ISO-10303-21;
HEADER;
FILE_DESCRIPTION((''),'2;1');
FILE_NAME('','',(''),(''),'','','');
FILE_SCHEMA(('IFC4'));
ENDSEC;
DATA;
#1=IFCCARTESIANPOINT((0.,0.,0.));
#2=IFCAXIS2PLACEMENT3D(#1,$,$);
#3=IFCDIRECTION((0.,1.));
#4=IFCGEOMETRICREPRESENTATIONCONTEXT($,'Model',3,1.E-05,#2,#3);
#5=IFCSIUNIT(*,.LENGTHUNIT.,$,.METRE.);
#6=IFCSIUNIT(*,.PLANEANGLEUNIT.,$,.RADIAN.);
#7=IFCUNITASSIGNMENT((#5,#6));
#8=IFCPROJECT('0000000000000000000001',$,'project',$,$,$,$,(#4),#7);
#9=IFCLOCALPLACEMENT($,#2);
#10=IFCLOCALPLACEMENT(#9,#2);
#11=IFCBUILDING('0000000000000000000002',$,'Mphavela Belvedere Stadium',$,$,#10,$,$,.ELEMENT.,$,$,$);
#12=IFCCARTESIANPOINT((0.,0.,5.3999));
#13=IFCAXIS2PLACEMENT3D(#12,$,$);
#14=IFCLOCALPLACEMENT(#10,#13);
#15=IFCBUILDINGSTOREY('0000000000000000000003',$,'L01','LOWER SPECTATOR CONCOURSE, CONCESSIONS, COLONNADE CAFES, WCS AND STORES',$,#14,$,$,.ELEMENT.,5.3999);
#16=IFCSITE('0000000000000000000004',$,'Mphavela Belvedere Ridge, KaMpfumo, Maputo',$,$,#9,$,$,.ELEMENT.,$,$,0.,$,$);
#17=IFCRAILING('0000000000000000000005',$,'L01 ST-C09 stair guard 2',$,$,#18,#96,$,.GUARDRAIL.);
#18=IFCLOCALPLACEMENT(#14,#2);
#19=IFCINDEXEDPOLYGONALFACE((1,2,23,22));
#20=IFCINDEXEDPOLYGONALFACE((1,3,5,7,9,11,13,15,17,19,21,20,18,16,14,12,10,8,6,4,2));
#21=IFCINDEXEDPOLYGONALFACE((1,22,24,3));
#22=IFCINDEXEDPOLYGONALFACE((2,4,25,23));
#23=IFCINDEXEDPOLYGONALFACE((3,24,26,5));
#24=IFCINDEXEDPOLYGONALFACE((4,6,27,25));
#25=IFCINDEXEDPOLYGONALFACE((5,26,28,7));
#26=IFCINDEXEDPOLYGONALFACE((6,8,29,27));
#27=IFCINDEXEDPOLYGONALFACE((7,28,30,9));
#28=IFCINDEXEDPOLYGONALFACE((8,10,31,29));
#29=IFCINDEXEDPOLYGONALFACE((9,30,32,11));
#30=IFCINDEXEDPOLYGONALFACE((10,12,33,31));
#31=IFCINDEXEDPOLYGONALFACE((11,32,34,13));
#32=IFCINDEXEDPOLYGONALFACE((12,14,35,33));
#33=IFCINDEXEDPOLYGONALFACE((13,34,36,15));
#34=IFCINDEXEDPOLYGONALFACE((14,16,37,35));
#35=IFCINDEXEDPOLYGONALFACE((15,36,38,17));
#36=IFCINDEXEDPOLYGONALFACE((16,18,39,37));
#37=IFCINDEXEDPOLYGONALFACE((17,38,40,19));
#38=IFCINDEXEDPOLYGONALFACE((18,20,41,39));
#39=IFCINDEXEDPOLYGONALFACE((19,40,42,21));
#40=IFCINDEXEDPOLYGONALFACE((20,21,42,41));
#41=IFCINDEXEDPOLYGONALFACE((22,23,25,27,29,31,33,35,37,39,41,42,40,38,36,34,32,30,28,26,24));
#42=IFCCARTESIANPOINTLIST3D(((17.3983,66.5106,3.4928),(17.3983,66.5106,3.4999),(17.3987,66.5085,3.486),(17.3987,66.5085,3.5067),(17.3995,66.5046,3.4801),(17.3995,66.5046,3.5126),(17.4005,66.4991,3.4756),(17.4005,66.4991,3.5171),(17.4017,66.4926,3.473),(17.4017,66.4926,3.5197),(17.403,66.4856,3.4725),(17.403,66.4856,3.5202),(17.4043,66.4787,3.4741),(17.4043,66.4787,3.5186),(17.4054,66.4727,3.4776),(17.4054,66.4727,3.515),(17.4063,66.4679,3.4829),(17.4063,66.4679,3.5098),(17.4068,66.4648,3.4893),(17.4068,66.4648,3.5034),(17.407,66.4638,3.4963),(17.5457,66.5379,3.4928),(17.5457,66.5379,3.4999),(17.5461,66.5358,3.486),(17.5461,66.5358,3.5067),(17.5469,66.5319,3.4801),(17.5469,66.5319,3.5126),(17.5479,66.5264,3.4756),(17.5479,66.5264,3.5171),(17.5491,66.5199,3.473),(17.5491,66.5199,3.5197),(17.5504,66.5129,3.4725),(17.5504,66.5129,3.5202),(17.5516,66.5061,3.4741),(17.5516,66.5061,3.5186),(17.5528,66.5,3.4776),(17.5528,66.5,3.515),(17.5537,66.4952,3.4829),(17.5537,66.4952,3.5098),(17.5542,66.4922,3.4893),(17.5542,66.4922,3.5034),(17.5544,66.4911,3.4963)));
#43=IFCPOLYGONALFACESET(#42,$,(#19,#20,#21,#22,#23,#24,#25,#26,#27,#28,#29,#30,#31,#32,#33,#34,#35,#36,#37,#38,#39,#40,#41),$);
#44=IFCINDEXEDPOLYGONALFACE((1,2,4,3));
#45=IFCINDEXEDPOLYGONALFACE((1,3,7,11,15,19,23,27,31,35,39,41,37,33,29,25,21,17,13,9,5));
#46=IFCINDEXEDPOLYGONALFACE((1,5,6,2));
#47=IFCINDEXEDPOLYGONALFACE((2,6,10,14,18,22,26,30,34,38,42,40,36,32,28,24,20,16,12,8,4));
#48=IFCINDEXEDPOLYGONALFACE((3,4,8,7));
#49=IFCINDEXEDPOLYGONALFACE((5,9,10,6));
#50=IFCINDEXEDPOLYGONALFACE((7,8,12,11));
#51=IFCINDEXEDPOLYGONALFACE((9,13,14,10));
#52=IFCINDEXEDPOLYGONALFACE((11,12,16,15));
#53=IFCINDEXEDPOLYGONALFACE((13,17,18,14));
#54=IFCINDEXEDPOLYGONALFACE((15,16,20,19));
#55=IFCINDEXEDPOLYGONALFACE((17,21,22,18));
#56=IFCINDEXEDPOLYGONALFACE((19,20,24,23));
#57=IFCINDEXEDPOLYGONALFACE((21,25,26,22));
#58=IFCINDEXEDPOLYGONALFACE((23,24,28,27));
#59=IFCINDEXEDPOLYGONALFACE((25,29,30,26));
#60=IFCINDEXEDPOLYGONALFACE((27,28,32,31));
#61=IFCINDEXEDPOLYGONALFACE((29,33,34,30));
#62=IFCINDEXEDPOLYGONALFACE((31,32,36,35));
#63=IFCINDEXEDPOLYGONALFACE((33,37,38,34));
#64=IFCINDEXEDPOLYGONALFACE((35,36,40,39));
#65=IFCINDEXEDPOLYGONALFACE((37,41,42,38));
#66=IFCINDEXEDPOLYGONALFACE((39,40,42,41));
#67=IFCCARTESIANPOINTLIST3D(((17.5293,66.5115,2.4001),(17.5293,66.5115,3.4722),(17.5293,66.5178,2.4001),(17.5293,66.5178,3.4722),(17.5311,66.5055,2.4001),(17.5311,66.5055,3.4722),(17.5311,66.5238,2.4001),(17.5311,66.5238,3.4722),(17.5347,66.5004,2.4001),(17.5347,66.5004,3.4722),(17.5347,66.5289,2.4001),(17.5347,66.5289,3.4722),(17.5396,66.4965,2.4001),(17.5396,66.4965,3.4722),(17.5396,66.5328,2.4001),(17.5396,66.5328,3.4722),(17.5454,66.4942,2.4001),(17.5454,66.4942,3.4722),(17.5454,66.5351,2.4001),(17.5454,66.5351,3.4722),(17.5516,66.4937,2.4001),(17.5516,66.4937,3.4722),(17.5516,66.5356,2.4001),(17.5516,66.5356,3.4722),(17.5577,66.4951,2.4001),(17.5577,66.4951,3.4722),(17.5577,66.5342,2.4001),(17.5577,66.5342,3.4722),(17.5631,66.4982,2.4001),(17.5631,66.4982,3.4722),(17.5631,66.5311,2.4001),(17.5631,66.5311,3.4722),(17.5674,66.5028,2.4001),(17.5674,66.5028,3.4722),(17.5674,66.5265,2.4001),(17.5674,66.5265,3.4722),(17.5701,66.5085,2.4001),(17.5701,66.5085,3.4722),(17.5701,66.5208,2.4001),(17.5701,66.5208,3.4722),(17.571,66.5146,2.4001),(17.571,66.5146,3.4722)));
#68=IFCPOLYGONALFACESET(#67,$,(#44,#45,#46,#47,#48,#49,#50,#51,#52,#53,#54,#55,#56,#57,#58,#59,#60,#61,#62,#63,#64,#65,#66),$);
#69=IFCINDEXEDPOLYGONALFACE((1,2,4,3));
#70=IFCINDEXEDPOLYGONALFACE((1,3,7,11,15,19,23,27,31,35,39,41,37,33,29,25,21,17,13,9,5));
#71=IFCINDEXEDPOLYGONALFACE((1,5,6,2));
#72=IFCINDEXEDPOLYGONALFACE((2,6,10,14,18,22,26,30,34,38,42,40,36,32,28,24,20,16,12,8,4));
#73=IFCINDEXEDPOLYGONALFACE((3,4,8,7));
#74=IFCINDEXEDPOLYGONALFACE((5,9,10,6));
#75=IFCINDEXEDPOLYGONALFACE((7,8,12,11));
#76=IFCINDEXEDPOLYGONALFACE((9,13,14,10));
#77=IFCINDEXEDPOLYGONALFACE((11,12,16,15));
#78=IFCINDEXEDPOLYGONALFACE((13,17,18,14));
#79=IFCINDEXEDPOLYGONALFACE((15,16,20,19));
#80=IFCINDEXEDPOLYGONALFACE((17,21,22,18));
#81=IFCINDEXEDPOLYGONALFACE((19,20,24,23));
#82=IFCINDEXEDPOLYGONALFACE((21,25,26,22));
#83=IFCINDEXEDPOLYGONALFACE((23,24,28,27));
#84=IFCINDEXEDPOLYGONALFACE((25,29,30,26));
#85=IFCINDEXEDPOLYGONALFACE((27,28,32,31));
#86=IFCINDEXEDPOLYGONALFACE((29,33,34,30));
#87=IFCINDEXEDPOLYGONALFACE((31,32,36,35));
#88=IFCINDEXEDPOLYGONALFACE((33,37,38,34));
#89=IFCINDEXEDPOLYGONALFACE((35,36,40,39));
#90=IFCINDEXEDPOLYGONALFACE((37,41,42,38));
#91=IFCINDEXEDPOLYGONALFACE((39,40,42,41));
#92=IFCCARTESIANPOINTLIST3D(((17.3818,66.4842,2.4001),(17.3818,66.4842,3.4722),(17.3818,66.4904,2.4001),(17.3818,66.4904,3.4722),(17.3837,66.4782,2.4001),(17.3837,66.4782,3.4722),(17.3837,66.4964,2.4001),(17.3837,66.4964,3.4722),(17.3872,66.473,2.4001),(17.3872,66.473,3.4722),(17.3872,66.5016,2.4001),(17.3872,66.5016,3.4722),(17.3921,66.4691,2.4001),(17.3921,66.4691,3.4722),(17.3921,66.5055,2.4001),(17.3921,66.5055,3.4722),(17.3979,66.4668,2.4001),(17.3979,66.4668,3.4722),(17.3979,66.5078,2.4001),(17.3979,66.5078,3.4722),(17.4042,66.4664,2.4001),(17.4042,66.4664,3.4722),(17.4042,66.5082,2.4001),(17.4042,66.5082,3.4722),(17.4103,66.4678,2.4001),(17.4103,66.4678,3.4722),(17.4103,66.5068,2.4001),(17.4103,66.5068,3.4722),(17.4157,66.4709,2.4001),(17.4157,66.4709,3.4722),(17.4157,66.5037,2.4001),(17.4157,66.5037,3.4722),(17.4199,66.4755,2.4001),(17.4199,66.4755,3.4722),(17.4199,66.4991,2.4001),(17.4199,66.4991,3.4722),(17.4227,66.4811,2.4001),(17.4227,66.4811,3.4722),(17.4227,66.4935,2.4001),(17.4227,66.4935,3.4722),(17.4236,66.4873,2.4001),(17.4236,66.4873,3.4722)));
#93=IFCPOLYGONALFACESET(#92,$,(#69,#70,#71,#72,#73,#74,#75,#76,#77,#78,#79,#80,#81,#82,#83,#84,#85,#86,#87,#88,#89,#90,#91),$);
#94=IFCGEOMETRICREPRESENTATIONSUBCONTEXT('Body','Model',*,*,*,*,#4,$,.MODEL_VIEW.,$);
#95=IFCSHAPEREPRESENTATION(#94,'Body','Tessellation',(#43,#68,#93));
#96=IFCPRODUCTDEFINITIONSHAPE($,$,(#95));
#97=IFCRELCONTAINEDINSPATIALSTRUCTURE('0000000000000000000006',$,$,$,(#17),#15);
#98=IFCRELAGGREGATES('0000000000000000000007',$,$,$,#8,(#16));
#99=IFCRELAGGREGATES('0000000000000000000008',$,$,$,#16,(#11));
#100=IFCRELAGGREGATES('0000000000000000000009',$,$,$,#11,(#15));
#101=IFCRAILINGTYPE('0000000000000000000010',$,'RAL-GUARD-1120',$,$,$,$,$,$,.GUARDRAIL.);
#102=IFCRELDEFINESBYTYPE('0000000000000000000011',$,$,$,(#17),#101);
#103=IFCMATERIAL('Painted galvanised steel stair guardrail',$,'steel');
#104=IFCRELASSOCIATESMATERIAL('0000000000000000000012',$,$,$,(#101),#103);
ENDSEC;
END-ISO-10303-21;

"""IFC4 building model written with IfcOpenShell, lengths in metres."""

from ifc_helpers import new_model, si_unit, direction, frame, origin, origin_2d, place, context, subcontext, project, spatial, circle, extrude, material, type_object, element, save


model = new_model("IFC4")

# Units and contexts
model_context = context("Model", 3, precision=1e-05, world=origin(), true_north=direction((0.0, 1.0)))
body_context = subcontext(model_context, "Body", "Model", "MODEL_VIEW")
ifc_project = project(units=[si_unit("LENGTHUNIT", "METRE"), si_unit("PLANEANGLEUNIT", "RADIAN")], contexts=[model_context])

# Site, building, storey
site_placement = place(None, origin())
site = spatial("IfcSite", under=ifc_project, at=site_placement, Name="Mphavela Belvedere Ridge, KaMpfumo, Maputo", CompositionType="ELEMENT", RefElevation=0.0)
building_placement = place(site_placement, origin())
building = spatial("IfcBuilding", under=site, at=building_placement, Name="Mphavela Belvedere Stadium", CompositionType="ELEMENT")
storey_placement = place(building_placement, frame((0.0, 0.0, 5.3999)))
storey = spatial("IfcBuildingStorey", under=building, at=storey_placement, Name="L01", Description="LOWER SPECTATOR CONCOURSE, CONCESSIONS, COLONNADE CAFES, WCS AND STORES", CompositionType="ELEMENT", Elevation=5.3999)

# Railing
ifc_material_1 = material(Name="Painted galvanised steel stair guardrail", Category="steel")
railing_type_1 = type_object("IfcRailingType", Name="RAL-GUARD-1120", PredefinedType="GUARDRAIL", material=ifc_material_1)
railing_1_placement = place(storey_placement, frame((17.55, 66.5146, 2.4001)))
element("IfcRailing", 1, at=railing_1_placement, inside=storey, type_object=railing_type_1, Name="L01 ST-C09 stair guard 2", PredefinedType="GUARDRAIL", context=body_context, shape_type="SweptSolid", body=[
    extrude(circle(Radius=0.0239, at=origin_2d()), frame((0.0, 0.0, 1.0962), z_axis=(-0.983239, -0.182322, 0.0), x_axis=(0.182322, -0.983239, 0.0)), (0.0, 0.0, 1.0), 0.1499),
    extrude(circle(Radius=0.021, at=origin_2d()), origin(), (0.0, 0.0, 1.0), 1.072),
    extrude(circle(Radius=0.021, at=origin_2d()), frame((-0.1475, -0.0273, 0.0)), (0.0, 0.0, 1.0), 1.072),
])

save(model, "model.ifc")
